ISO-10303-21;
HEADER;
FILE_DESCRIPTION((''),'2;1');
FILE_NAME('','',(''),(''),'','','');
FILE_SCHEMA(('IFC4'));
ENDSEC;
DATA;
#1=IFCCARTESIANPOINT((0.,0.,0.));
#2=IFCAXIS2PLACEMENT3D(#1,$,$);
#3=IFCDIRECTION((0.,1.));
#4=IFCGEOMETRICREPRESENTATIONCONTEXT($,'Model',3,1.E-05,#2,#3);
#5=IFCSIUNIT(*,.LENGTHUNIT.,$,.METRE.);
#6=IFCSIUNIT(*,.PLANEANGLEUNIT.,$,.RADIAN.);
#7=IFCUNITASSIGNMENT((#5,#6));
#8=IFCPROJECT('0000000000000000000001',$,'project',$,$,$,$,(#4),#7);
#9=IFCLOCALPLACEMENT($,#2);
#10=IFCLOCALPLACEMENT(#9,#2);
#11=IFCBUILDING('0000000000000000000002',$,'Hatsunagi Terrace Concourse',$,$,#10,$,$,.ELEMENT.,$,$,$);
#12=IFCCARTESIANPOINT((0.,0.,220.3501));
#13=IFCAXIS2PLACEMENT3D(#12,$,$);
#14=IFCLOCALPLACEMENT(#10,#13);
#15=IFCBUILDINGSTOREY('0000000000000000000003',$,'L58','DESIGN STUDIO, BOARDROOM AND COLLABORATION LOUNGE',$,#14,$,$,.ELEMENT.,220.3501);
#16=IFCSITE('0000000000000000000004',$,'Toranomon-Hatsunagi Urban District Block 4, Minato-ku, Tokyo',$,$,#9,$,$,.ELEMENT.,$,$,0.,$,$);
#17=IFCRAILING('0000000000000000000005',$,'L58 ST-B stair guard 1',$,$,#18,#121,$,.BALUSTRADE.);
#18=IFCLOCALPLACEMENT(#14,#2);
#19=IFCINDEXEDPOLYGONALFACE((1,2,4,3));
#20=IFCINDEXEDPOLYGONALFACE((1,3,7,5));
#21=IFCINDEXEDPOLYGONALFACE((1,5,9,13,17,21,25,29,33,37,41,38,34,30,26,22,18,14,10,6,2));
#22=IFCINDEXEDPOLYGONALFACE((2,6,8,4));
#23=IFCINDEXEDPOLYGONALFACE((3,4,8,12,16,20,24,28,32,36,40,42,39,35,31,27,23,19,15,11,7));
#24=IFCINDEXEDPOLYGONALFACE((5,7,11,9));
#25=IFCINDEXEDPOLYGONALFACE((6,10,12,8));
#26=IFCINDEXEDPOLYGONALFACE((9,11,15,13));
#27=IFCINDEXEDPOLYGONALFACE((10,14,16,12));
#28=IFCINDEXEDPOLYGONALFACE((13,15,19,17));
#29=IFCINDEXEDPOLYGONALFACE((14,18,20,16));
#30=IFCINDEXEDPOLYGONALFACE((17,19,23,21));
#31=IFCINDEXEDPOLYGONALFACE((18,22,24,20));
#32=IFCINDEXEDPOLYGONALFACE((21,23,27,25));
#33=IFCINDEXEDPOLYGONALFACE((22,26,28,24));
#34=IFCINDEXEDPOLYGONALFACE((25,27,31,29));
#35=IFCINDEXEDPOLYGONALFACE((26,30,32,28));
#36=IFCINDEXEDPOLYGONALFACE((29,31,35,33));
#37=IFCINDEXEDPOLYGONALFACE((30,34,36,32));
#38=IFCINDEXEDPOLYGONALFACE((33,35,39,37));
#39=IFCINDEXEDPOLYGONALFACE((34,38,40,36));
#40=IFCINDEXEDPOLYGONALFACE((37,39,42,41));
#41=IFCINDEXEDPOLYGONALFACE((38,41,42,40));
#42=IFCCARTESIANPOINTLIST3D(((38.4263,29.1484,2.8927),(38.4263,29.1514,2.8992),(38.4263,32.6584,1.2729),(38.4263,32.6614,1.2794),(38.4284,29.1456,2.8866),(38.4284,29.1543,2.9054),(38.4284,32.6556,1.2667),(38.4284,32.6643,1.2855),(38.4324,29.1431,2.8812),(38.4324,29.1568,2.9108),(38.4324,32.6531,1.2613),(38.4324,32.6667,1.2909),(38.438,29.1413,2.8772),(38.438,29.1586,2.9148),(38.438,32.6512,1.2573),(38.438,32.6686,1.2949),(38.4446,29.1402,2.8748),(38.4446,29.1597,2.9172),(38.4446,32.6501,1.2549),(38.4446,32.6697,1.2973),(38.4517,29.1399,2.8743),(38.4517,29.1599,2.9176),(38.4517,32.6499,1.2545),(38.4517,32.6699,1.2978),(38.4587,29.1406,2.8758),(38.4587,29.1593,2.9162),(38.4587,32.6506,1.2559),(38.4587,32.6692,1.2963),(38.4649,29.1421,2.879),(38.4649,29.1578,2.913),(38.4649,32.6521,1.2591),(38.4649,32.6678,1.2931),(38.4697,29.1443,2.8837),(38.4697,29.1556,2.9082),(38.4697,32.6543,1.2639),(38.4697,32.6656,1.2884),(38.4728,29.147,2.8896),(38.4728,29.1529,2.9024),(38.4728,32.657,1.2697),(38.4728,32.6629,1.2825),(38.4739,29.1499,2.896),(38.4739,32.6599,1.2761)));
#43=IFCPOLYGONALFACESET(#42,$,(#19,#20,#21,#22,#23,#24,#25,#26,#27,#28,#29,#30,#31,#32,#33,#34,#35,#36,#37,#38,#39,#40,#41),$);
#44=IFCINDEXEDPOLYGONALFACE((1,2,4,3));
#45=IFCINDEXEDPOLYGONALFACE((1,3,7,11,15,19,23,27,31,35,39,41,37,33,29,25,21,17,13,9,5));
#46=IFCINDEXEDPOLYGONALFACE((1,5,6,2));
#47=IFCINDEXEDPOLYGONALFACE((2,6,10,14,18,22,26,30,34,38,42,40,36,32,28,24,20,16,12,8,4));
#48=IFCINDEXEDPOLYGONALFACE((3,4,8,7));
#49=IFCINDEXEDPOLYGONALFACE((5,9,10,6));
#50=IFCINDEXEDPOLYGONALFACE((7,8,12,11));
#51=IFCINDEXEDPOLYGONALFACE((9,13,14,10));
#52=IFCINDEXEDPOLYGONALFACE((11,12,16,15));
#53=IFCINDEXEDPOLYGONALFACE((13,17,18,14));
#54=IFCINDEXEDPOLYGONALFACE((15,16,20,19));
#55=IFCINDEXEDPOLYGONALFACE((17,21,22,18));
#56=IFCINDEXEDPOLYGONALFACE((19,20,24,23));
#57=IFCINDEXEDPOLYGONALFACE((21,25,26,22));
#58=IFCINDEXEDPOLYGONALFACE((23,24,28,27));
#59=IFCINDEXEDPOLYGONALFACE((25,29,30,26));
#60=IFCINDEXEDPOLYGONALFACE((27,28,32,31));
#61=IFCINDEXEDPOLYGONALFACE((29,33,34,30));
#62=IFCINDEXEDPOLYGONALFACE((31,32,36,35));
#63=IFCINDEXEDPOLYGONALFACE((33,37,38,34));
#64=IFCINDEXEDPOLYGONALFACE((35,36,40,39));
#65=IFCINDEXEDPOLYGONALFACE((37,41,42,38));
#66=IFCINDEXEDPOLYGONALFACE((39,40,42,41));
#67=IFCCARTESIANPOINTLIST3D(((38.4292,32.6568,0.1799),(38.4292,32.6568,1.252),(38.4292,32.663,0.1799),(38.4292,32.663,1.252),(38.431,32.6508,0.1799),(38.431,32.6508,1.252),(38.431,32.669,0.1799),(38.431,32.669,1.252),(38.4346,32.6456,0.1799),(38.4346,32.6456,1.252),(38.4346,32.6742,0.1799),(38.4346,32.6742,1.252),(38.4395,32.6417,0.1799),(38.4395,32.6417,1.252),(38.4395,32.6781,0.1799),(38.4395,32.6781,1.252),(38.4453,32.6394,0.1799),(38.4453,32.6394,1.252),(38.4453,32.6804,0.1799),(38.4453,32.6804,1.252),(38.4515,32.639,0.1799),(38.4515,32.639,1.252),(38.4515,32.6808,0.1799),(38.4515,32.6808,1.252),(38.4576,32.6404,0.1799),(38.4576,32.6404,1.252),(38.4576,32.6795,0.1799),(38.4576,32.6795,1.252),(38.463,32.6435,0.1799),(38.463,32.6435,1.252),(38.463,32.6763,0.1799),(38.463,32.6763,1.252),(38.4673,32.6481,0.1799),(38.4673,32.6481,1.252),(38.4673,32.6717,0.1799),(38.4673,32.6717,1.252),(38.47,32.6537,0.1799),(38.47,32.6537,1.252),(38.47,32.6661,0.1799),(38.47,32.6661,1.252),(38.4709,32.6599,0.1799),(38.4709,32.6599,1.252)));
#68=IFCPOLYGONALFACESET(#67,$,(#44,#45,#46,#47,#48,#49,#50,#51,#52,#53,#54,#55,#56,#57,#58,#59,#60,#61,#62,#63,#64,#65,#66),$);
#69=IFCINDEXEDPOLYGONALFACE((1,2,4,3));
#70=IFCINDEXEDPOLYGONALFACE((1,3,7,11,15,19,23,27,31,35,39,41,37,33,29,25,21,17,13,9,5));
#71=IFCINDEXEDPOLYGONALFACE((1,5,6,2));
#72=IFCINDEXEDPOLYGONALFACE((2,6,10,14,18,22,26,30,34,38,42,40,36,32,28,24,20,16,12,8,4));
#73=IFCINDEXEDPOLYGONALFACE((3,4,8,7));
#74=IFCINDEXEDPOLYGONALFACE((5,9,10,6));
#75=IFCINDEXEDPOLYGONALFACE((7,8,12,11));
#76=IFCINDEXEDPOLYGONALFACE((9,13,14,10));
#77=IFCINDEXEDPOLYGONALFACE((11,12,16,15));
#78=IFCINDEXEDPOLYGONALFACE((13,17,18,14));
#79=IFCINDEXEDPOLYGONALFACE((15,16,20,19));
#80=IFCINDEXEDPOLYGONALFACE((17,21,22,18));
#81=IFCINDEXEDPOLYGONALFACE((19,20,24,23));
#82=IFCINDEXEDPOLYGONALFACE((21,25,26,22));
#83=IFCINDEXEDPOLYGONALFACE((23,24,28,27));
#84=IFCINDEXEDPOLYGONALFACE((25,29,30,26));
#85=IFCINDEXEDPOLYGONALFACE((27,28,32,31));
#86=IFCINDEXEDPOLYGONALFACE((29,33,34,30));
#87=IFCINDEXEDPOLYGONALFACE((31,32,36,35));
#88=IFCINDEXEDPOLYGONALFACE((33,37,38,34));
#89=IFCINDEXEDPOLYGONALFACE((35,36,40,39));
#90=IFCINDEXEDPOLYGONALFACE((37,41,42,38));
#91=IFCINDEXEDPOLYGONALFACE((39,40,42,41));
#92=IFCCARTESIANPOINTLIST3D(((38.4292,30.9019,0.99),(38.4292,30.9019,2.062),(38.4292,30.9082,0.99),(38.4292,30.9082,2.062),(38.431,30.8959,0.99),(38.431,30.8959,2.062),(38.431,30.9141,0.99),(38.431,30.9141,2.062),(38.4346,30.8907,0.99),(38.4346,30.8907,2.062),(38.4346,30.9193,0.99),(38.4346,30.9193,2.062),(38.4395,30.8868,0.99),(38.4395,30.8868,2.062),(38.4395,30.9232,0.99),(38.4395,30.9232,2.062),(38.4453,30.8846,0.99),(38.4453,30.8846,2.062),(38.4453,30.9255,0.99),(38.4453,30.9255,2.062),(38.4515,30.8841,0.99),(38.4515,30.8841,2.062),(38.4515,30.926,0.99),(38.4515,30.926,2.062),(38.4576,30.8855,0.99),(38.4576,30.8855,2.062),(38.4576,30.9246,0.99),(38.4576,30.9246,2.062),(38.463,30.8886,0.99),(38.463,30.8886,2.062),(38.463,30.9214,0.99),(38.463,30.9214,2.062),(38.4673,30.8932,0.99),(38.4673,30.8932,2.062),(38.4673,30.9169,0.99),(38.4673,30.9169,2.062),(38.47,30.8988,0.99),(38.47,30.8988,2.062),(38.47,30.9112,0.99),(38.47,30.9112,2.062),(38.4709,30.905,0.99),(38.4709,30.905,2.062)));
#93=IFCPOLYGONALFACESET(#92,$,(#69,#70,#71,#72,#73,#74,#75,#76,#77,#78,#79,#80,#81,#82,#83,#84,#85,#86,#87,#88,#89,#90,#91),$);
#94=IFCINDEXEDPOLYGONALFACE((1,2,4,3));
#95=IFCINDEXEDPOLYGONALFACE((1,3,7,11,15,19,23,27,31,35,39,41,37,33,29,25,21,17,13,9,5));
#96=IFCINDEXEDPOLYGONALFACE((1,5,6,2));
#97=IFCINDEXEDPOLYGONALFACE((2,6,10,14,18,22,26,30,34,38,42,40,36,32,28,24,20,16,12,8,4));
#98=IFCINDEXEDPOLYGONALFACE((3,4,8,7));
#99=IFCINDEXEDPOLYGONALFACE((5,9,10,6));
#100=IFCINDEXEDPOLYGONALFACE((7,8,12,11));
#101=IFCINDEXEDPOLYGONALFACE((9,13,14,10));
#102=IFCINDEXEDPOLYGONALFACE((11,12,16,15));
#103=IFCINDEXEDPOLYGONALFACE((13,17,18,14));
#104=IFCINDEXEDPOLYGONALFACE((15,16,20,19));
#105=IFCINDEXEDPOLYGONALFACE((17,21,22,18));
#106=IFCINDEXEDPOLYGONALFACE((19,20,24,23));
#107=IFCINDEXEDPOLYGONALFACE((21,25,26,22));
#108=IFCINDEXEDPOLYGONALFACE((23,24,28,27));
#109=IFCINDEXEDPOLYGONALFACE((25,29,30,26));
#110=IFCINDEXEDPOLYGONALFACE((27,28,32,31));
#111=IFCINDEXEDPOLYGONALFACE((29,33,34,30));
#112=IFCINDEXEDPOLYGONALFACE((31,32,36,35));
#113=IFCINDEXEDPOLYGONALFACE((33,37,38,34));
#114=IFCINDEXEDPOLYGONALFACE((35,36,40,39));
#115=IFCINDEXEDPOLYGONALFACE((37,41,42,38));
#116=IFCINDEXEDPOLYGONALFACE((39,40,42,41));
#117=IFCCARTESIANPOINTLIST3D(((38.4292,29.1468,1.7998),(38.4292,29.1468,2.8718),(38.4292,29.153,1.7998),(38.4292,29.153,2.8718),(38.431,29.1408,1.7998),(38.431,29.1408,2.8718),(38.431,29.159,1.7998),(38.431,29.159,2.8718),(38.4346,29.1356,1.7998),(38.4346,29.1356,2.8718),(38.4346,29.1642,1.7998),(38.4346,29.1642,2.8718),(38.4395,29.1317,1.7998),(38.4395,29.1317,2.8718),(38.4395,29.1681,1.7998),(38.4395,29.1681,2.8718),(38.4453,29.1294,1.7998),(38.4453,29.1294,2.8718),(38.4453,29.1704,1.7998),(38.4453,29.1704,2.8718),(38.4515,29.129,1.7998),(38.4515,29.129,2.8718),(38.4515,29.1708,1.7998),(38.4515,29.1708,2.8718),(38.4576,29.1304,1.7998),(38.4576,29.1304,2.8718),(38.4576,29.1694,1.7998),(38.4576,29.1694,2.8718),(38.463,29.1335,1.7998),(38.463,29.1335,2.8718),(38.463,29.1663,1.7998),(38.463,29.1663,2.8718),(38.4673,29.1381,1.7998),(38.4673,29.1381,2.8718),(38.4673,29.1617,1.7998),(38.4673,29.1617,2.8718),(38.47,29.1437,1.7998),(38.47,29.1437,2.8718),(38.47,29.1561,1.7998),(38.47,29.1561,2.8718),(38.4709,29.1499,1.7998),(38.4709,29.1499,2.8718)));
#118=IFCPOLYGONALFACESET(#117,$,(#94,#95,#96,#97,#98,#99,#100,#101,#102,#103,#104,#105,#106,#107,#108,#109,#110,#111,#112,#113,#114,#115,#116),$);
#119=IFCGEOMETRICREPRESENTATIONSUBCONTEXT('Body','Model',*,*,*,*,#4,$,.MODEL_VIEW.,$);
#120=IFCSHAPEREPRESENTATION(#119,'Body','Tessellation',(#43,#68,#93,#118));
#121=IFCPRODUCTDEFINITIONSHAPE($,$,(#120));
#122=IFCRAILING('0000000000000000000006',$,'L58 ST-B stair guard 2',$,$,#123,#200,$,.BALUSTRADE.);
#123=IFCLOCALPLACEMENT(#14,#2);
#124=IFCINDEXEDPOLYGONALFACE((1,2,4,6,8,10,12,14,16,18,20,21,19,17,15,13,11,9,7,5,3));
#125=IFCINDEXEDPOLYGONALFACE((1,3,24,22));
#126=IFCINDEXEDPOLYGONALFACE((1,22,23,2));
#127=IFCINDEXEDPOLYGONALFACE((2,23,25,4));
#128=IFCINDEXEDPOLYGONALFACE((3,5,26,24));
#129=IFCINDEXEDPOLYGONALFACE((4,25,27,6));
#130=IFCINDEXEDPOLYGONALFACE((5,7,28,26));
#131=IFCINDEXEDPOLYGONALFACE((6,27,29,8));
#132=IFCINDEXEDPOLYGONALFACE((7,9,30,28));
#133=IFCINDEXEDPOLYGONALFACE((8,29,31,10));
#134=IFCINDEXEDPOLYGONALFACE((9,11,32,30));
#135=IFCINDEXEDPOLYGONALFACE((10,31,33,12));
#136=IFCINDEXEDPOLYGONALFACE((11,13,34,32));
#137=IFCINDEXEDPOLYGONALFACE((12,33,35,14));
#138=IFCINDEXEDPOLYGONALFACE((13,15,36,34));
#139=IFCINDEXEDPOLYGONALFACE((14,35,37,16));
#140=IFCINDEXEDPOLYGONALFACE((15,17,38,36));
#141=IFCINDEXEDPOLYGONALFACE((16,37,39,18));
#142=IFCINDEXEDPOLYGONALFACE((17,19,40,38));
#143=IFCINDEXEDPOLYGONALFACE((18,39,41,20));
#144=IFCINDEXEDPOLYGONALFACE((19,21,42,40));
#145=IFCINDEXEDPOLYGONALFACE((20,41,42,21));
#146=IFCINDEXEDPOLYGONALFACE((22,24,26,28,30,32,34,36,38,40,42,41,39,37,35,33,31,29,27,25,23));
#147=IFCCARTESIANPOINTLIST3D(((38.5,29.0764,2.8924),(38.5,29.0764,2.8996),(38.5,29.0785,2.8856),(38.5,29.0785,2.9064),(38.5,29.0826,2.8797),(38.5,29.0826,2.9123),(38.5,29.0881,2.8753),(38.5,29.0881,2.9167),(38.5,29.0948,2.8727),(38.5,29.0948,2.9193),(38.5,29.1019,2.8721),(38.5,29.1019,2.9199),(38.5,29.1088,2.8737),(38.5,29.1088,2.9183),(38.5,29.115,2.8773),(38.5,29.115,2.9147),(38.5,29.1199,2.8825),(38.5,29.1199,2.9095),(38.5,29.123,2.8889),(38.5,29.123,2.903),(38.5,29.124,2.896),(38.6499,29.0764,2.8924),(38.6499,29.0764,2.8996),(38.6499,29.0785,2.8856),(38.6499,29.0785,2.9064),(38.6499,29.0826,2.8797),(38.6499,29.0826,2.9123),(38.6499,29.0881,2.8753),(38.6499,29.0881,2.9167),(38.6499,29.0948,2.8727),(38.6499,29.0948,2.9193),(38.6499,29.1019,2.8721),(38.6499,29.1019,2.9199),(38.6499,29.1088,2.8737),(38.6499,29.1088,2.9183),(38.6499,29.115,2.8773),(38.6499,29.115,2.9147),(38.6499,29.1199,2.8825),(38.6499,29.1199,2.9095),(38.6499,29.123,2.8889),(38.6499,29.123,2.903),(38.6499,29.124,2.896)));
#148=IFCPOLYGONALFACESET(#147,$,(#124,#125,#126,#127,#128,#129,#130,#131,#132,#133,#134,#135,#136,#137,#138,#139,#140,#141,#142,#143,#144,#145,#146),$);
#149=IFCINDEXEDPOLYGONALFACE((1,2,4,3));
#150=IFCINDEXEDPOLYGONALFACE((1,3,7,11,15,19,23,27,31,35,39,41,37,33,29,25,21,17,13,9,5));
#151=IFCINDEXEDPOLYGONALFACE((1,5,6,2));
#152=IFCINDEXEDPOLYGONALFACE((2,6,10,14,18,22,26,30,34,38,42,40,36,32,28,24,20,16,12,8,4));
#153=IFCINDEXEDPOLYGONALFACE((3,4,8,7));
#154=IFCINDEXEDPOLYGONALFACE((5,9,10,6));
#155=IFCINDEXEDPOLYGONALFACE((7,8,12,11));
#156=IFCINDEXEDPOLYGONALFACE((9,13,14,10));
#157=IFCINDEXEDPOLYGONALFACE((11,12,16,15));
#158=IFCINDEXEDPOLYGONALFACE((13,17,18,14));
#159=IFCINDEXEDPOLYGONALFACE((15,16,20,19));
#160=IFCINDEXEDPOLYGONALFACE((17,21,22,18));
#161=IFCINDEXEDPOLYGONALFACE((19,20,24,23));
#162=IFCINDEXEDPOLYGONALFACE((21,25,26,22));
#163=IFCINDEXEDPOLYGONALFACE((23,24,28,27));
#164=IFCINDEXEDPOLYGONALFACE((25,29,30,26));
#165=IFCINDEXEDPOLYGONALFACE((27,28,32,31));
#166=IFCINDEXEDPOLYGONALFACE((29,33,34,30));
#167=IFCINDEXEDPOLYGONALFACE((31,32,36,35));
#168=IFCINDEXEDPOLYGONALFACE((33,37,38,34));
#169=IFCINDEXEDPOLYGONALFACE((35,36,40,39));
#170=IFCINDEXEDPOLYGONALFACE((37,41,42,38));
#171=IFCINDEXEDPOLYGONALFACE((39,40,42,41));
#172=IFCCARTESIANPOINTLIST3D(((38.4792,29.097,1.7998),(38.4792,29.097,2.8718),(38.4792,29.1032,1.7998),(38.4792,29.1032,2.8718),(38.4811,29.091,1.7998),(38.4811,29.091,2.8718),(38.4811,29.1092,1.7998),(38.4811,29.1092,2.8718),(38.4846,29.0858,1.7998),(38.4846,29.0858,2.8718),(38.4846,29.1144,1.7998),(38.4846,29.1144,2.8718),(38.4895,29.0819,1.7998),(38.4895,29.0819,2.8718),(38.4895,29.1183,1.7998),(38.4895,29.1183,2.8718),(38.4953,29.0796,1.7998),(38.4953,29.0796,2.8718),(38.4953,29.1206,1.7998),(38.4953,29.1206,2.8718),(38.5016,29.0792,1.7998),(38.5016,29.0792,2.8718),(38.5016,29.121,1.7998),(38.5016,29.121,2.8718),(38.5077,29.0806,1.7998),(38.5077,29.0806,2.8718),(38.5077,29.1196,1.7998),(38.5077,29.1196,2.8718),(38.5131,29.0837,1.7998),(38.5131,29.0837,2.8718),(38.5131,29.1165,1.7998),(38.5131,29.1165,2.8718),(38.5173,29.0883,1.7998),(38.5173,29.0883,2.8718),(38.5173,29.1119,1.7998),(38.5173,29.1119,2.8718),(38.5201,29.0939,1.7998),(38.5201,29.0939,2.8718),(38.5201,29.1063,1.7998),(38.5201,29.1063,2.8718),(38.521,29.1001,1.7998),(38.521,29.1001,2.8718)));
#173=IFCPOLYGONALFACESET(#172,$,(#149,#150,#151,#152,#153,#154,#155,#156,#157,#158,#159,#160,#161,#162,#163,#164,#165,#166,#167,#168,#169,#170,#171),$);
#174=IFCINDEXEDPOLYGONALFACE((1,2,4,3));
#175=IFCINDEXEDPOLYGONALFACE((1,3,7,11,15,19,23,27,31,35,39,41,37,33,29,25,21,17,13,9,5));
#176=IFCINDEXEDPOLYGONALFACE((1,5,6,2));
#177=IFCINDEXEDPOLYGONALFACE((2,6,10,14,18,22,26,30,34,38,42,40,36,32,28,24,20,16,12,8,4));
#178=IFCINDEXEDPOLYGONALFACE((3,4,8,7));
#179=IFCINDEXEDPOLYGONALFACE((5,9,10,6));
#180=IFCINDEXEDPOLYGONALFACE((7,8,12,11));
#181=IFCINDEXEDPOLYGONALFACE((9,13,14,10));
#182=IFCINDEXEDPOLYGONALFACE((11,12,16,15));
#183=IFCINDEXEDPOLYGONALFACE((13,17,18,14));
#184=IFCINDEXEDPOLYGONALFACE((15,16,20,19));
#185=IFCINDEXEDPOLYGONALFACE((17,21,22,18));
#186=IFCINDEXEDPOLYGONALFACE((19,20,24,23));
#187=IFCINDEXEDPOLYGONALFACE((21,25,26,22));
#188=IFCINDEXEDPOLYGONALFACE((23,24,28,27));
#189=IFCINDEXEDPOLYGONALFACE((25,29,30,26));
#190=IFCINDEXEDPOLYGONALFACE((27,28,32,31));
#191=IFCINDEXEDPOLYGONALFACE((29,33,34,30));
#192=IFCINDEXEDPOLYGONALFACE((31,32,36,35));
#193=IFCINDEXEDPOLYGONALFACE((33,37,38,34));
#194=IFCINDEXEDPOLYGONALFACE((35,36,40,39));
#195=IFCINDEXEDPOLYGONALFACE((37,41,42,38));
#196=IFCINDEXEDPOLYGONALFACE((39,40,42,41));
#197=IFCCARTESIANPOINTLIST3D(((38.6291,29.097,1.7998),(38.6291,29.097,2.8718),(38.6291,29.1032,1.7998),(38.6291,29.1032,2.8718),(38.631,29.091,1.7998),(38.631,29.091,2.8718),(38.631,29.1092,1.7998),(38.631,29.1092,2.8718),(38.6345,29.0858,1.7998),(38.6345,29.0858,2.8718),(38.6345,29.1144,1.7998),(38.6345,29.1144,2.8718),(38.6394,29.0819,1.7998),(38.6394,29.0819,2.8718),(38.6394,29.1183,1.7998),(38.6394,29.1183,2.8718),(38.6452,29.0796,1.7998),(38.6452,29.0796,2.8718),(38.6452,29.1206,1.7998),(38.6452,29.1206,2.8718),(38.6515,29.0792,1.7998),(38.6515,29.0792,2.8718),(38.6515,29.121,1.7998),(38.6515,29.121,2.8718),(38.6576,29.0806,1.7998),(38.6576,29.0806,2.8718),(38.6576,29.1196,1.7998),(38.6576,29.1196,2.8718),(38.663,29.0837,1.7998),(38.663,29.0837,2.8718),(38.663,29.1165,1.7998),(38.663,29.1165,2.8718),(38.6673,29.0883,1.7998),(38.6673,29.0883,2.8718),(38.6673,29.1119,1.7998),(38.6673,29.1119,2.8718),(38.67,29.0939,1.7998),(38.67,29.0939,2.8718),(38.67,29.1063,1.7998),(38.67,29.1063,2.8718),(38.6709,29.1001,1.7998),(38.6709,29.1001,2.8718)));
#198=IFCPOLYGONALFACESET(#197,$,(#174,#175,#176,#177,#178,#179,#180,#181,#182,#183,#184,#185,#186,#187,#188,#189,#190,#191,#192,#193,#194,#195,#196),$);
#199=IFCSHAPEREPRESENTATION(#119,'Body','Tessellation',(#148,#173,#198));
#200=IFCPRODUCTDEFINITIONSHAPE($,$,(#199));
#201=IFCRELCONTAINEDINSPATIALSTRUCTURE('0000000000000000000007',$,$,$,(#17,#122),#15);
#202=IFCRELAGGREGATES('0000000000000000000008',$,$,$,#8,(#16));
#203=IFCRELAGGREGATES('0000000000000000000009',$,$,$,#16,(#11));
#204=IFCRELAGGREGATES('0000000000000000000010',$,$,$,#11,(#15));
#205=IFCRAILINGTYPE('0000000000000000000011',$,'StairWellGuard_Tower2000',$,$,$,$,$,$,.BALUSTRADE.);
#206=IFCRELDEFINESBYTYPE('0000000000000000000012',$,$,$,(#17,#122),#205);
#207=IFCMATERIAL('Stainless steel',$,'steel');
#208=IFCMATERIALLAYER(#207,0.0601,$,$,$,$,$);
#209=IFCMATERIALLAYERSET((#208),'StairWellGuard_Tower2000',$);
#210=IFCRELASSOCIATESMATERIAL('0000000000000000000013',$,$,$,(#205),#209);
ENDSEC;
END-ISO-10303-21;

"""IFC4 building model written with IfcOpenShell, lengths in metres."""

from ifc_helpers import new_model, si_unit, direction, frame, origin, origin_2d, place, context, subcontext, project, spatial, circle, extrude, material, layer, layer_set, type_object, element, save


model = new_model("IFC4")

# Units and contexts
model_context = context("Model", 3, precision=1e-05, world=origin(), true_north=direction((0.0, 1.0)))
body_context = subcontext(model_context, "Body", "Model", "MODEL_VIEW")
ifc_project = project(units=[si_unit("LENGTHUNIT", "METRE"), si_unit("PLANEANGLEUNIT", "RADIAN")], contexts=[model_context])

# Site, building, storey
site_placement = place(None, origin())
site = spatial("IfcSite", under=ifc_project, at=site_placement, Name="Toranomon-Hatsunagi Urban District Block 4, Minato-ku, Tokyo", CompositionType="ELEMENT", RefElevation=0.0)
building_placement = place(site_placement, origin())
building = spatial("IfcBuilding", under=site, at=building_placement, Name="Hatsunagi Terrace Concourse", CompositionType="ELEMENT")
storey_placement = place(building_placement, frame((0.0, 0.0, 220.3501)))
storey = spatial("IfcBuildingStorey", under=building, at=storey_placement, Name="L58", Description="DESIGN STUDIO, BOARDROOM AND COLLABORATION LOUNGE", CompositionType="ELEMENT", Elevation=220.3501)

# Railings
ifc_material_1 = material(Name="Stainless steel", Category="steel")
ifc_layer_1 = layer(ifc_material_1, 0.0601)
ifc_layer_set_1 = layer_set([ifc_layer_1], Name="StairWellGuard_Tower2000")
railing_type_1 = type_object("IfcRailingType", Name="StairWellGuard_Tower2000", PredefinedType="BALUSTRADE", material=ifc_layer_set_1)
railing_1_placement = place(storey_placement, frame((38.45, 32.6599, 0.1799)))
element("IfcRailing", 1, at=railing_1_placement, inside=storey, type_object=railing_type_1, Name="L58 ST-B stair guard 1", PredefinedType="BALUSTRADE", context=body_context, shape_type="SweptSolid", body=[
    extrude(circle(Radius=0.0239, at=origin_2d()), frame((0.0, 0.0, 1.0962), z_axis=(0.0, -0.907972, 0.41903), x_axis=(1.0, 0.0, 0.0)), (0.0, 0.0, 1.0), 3.8657),
    extrude(circle(Radius=0.021, at=origin_2d()), origin(), (0.0, 0.0, 1.0), 1.072),
    extrude(circle(Radius=0.021, at=origin_2d()), frame((0.0, -1.7549, 0.8101)), (0.0, 0.0, 1.0), 1.072),
    extrude(circle(Radius=0.021, at=origin_2d()), frame((0.0, -3.51, 1.6199)), (0.0, 0.0, 1.0), 1.072),
])
railing_2_placement = place(storey_placement, frame((38.5, 29.1001, 1.7998)))
element("IfcRailing", 2, at=railing_2_placement, inside=storey, type_object=railing_type_1, Name="L58 ST-B stair guard 2", PredefinedType="BALUSTRADE", context=body_context, shape_type="SweptSolid", body=[
    extrude(circle(Radius=0.0239, at=origin_2d()), frame((0.0, 0.0, 1.0962), z_axis=(1.0, 0.0, 0.0), x_axis=(0.0, 1.0, 0.0)), (0.0, 0.0, 1.0), 0.1499),
    extrude(circle(Radius=0.021, at=origin_2d()), origin(), (0.0, 0.0, 1.0), 1.072),
    extrude(circle(Radius=0.021, at=origin_2d()), frame((0.1499, 0.0, 0.0)), (0.0, 0.0, 1.0), 1.072),
])

save(model, "model.ifc")
